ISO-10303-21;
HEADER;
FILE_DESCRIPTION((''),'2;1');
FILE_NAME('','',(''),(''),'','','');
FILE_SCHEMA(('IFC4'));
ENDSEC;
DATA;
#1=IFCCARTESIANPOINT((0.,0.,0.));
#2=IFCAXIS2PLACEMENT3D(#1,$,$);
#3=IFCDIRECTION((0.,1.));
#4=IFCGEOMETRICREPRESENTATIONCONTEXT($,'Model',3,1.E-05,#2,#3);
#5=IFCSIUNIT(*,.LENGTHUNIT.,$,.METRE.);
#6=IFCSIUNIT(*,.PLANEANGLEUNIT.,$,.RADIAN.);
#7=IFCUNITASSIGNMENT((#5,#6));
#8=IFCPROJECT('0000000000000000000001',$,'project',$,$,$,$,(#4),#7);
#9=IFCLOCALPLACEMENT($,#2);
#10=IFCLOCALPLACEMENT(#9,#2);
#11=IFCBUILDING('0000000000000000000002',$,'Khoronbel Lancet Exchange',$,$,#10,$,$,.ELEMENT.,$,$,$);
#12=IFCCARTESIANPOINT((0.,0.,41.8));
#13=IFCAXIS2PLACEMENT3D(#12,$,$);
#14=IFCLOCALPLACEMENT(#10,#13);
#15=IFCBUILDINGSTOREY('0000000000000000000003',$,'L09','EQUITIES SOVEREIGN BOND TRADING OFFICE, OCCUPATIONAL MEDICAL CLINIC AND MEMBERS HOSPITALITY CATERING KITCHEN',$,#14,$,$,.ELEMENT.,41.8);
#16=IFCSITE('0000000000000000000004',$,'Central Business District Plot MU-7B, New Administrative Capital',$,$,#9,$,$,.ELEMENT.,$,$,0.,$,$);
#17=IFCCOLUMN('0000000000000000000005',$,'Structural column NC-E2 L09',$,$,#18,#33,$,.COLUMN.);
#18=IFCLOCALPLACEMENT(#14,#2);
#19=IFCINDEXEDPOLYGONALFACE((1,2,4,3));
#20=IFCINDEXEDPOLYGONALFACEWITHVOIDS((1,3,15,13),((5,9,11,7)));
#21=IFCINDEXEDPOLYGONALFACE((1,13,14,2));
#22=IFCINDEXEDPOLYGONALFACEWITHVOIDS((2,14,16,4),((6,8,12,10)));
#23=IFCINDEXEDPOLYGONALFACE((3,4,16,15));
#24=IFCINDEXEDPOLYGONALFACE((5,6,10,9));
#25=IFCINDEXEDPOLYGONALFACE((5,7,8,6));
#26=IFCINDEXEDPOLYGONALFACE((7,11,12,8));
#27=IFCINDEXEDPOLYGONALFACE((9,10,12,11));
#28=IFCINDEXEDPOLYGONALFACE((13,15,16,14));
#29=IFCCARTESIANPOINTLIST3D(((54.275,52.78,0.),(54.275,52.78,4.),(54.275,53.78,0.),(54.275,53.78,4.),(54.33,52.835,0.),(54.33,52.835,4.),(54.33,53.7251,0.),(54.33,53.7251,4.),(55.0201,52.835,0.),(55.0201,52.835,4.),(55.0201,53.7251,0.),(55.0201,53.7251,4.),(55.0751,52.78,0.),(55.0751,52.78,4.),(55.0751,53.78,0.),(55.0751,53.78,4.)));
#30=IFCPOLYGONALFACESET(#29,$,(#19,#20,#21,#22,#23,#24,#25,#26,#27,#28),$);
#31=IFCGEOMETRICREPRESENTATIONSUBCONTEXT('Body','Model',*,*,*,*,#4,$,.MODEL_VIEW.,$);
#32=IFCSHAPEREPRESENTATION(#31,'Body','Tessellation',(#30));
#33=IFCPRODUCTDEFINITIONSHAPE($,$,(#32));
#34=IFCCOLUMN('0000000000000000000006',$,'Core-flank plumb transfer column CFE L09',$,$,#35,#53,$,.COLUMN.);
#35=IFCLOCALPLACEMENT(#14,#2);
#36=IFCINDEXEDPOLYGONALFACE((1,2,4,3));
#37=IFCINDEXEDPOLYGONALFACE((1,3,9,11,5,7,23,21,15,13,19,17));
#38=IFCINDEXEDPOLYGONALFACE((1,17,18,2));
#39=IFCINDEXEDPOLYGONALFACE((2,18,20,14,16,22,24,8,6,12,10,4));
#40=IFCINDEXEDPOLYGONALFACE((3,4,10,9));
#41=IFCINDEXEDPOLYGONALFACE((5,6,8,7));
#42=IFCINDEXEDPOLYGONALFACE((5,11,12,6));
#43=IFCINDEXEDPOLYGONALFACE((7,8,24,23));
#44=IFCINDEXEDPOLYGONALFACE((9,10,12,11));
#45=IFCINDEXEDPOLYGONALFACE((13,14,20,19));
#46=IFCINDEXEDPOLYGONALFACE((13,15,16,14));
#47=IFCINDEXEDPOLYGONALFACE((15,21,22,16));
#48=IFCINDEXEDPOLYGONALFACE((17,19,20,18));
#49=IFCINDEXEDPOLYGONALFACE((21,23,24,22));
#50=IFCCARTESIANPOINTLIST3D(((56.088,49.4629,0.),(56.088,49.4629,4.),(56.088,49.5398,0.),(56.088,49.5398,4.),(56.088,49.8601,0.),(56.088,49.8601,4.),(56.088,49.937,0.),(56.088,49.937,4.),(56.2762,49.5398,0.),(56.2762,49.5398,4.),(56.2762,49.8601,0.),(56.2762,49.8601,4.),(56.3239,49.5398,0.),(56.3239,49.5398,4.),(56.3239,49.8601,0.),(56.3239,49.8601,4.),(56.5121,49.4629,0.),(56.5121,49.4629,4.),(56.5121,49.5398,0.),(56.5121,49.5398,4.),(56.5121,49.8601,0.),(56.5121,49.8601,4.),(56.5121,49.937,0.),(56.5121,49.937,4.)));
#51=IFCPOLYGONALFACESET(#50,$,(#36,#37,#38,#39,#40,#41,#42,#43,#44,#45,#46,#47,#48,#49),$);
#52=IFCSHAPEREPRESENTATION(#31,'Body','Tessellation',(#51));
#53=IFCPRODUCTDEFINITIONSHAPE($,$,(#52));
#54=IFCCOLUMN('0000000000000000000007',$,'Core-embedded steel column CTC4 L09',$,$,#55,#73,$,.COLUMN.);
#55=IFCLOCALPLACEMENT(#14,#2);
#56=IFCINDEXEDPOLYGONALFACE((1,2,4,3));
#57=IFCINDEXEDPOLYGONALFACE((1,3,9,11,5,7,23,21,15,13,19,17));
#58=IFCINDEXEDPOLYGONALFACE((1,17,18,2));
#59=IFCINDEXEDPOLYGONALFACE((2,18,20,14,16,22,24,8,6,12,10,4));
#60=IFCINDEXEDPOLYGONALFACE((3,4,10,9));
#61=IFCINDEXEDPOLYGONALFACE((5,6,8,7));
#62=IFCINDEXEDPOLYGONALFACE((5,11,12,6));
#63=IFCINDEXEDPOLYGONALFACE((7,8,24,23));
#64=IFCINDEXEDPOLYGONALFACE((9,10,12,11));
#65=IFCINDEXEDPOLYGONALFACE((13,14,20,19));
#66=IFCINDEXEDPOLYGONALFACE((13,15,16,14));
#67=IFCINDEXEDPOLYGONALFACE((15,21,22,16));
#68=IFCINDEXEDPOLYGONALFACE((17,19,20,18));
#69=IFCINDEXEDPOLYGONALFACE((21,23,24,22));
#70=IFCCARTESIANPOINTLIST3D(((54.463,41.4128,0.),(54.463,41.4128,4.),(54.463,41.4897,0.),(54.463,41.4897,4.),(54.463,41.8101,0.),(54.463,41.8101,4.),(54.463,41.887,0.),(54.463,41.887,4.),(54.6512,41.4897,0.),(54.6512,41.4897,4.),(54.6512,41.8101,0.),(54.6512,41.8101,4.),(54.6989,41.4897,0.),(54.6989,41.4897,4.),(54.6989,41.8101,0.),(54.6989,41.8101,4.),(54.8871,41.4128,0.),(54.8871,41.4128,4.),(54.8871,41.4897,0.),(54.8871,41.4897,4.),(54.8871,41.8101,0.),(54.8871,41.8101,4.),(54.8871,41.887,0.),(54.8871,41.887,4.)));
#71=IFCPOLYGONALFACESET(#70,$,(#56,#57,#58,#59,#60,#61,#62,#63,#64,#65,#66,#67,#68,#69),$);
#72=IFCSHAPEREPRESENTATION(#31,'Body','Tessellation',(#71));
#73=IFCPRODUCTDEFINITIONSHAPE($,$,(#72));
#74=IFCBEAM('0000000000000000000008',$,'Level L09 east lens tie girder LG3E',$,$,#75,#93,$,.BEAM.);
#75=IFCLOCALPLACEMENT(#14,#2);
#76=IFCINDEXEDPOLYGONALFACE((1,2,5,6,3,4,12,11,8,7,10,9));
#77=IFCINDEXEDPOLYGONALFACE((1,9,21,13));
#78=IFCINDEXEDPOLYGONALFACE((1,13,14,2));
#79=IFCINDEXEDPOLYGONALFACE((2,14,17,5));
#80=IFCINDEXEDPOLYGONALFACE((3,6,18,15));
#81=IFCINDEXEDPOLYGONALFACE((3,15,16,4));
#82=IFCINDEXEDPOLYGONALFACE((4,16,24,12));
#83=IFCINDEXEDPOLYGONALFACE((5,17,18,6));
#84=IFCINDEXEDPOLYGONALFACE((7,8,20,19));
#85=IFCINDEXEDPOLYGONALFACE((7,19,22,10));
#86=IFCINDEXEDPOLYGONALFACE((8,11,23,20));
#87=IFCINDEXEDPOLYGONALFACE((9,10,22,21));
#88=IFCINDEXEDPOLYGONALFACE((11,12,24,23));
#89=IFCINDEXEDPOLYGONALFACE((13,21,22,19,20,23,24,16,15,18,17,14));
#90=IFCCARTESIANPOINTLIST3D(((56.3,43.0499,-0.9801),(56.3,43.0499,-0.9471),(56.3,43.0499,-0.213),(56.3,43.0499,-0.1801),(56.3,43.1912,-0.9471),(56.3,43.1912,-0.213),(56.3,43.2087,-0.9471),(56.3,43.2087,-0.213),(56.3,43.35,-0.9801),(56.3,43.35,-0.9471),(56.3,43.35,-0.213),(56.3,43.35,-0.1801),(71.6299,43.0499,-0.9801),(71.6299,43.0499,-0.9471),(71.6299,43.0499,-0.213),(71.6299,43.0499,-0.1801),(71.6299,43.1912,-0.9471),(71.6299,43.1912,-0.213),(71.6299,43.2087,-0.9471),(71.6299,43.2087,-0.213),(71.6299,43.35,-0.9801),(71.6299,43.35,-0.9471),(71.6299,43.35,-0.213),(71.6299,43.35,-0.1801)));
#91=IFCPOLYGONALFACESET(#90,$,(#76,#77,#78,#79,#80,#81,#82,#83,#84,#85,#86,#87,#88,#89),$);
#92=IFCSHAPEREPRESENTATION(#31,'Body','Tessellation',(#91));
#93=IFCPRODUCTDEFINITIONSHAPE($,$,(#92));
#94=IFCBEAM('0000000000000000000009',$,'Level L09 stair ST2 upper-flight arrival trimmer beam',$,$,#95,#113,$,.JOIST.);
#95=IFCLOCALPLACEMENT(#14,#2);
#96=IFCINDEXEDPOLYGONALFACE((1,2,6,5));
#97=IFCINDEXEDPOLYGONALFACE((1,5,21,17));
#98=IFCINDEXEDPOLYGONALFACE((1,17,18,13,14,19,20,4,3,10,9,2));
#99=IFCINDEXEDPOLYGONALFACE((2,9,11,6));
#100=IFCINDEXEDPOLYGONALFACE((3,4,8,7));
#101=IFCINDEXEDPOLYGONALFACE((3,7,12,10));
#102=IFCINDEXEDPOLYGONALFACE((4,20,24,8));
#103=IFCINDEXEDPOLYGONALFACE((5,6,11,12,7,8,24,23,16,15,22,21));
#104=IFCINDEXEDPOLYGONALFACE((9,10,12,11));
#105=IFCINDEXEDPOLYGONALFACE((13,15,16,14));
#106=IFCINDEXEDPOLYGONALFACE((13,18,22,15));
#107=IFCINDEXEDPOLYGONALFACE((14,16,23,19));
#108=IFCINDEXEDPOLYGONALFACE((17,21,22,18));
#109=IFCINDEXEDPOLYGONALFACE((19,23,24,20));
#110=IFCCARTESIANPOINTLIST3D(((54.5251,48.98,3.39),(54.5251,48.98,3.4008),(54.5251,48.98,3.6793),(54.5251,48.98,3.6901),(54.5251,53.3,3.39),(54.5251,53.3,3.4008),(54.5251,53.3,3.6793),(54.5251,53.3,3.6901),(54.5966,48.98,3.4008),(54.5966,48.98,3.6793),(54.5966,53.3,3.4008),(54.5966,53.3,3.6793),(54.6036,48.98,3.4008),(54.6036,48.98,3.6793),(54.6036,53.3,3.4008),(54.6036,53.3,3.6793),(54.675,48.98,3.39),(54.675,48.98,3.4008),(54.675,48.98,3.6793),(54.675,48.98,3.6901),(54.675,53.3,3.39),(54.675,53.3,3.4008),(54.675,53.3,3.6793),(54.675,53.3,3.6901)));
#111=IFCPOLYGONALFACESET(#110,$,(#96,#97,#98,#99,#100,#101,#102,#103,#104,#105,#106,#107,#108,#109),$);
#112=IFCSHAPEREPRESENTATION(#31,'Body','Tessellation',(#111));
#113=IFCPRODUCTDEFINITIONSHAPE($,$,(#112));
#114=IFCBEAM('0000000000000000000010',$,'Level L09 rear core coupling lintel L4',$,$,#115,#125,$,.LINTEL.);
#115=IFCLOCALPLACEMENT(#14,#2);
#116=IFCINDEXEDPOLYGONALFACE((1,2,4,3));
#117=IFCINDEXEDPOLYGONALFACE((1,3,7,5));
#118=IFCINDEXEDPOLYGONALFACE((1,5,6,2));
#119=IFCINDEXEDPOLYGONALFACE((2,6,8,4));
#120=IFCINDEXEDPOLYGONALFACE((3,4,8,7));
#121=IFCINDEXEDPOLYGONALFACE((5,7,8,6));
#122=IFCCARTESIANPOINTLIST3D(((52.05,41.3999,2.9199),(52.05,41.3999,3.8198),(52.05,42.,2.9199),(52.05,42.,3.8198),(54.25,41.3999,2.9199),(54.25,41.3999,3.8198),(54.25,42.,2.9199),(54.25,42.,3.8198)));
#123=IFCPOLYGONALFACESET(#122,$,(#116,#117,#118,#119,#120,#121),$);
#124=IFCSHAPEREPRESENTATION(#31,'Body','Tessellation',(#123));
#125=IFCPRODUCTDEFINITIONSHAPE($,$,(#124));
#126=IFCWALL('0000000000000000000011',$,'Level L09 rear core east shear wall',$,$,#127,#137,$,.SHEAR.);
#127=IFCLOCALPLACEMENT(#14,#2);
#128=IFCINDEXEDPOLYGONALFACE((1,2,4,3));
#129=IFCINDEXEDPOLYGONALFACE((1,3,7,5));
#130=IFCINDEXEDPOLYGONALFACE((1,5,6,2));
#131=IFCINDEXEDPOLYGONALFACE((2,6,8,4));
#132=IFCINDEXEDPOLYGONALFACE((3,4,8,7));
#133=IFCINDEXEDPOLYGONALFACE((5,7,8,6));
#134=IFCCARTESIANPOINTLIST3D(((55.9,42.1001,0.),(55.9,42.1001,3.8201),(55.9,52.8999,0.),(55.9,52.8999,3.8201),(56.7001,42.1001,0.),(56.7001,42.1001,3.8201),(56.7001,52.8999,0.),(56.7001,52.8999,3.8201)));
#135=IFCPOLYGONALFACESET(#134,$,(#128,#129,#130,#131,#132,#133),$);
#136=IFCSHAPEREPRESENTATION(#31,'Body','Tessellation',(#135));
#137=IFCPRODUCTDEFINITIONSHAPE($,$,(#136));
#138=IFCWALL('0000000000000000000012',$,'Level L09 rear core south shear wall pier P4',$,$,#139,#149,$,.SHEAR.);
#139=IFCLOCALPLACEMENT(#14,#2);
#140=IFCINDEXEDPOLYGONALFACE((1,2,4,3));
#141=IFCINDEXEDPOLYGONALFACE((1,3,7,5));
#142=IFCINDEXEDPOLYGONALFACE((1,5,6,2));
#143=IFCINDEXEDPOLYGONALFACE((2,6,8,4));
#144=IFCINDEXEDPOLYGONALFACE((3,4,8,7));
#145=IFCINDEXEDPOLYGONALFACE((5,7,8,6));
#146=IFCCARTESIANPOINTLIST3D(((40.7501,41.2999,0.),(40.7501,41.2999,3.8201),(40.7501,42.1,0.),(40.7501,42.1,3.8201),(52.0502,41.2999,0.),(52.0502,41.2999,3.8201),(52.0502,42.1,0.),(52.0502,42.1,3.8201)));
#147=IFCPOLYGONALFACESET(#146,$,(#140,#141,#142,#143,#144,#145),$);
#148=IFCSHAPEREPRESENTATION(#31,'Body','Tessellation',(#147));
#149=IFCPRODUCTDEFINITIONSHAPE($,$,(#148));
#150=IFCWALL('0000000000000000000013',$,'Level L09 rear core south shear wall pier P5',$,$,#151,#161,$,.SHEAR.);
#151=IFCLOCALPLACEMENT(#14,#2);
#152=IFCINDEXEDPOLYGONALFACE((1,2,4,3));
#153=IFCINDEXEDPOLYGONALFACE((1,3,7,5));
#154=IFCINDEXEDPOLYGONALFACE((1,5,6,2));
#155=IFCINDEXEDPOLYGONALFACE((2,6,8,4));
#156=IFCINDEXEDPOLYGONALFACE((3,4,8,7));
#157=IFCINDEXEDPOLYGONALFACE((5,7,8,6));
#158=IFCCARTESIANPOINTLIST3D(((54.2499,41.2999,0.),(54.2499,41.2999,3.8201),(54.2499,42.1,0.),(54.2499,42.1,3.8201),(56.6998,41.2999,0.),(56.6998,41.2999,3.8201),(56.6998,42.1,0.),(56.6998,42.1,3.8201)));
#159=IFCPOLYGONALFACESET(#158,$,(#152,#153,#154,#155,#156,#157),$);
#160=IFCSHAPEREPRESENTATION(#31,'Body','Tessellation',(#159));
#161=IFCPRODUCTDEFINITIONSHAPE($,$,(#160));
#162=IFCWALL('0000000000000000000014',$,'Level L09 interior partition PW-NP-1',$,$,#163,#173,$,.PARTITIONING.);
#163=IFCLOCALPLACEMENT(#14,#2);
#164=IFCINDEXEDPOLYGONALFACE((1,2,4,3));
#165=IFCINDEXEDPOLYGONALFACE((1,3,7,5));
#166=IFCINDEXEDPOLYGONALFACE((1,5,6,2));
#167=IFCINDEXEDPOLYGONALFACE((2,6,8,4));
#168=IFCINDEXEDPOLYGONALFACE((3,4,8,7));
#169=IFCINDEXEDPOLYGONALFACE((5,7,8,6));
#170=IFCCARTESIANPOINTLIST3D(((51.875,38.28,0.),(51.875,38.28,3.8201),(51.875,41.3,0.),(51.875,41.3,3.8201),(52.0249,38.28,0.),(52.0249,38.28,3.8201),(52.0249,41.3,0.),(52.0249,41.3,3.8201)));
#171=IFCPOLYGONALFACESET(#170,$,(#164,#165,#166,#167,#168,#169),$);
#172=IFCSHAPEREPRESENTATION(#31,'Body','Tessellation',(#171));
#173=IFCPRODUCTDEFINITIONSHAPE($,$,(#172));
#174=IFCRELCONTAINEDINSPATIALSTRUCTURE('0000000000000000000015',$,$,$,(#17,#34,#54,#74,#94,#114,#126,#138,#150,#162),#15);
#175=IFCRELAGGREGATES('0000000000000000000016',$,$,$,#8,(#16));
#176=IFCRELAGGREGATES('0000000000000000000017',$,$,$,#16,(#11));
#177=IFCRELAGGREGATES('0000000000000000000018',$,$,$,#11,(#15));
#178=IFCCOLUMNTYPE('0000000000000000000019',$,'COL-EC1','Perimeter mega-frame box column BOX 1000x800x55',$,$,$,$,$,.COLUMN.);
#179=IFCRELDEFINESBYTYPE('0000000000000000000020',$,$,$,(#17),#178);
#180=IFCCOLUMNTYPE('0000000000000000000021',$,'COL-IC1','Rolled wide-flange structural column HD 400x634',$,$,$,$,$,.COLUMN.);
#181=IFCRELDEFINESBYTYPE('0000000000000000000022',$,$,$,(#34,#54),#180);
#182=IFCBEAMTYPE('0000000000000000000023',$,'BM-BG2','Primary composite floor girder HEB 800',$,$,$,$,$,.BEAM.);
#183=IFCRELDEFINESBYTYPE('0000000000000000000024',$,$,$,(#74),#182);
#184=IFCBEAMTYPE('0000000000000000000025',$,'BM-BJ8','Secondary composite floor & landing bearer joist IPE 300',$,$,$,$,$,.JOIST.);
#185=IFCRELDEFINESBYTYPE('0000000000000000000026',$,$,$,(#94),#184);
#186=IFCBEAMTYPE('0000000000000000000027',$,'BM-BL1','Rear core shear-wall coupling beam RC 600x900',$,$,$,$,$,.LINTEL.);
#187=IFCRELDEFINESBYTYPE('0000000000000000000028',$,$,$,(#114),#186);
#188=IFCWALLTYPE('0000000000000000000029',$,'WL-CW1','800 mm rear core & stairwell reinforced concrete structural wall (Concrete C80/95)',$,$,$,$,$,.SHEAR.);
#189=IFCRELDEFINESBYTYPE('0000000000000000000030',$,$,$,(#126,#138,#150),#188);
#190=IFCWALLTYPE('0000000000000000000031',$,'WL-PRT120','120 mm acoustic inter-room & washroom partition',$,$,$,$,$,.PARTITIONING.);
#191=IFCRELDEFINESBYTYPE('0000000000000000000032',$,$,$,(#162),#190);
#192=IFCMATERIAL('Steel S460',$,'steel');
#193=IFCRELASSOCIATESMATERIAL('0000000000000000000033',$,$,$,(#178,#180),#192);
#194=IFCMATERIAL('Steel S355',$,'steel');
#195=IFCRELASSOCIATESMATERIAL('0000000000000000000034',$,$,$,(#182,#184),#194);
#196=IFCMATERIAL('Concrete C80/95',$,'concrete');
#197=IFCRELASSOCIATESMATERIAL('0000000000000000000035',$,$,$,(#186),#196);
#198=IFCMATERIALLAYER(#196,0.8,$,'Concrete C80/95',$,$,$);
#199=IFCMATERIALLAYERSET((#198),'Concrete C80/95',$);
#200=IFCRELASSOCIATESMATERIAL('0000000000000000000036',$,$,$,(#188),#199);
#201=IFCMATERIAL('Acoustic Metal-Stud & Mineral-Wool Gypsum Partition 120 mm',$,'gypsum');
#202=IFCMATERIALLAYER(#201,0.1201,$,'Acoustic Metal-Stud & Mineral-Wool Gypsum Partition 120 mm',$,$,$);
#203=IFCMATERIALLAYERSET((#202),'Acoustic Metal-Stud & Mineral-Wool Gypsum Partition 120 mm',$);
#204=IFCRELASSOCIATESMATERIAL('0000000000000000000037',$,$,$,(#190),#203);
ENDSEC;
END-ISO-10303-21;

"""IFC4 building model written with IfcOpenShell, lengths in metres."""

from ifc_helpers import new_model, si_unit, direction, frame, frame_2d, origin, origin_2d, place, context, subcontext, project, spatial, rectangle, hollow_rectangle, i_section, extrude, material, layer, layer_set, material_profile, profile_set, type_object, element, save


model = new_model("IFC4")

# Units and contexts
model_context = context("Model", 3, precision=1e-05, world=origin(), true_north=direction((0.0, 1.0)))
body_context = subcontext(model_context, "Body", "Model", "MODEL_VIEW")
ifc_project = project(units=[si_unit("LENGTHUNIT", "METRE"), si_unit("PLANEANGLEUNIT", "RADIAN")], contexts=[model_context])

# Site, building, storey
site_placement = place(None, origin())
site = spatial("IfcSite", under=ifc_project, at=site_placement, Name="Central Business District Plot MU-7B, New Administrative Capital", CompositionType="ELEMENT", RefElevation=0.0)
building_placement = place(site_placement, origin())
building = spatial("IfcBuilding", under=site, at=building_placement, Name="Khoronbel Lancet Exchange", CompositionType="ELEMENT")
storey_placement = place(building_placement, frame((0.0, 0.0, 41.8)))
storey = spatial("IfcBuildingStorey", under=building, at=storey_placement, Name="L09", Description="EQUITIES SOVEREIGN BOND TRADING OFFICE, OCCUPATIONAL MEDICAL CLINIC AND MEMBERS HOSPITALITY CATERING KITCHEN", CompositionType="ELEMENT", Elevation=41.8)

# Columns
ifc_material_1 = material(Name="Steel S460", Category="steel")
ifc_material_profile_1 = material_profile(ifc_material_1, hollow_rectangle(XDim=0.8, YDim=1.0, WallThickness=0.0549, at=origin_2d()), Name="BOX 1000x800x55")
ifc_profile_set_1 = profile_set([ifc_material_profile_1], Name="Steel S460")
column_type_1 = type_object("IfcColumnType", Name="COL-EC1", Description="Perimeter mega-frame box column BOX 1000x800x55", PredefinedType="COLUMN", material=ifc_profile_set_1)
column_placement = place(storey_placement, frame((54.675, 53.28, 0.0), z_axis=(0.0, 0.0, 1.0), x_axis=(1.0, 0.0, 0.0)))
element("IfcColumn", 1, at=column_placement, inside=storey, type_object=column_type_1, Name="Structural column NC-E2 L09", PredefinedType="COLUMN", context=body_context, shape_type="SweptSolid", body=[
    extrude(hollow_rectangle(XDim=0.8, YDim=1.0, WallThickness=0.0549, at=origin_2d()), origin(), (0.0, 0.0, 1.0), 4.0),
])
ifc_material_profile_2 = material_profile(ifc_material_1, i_section(OverallWidth=0.4241, OverallDepth=0.4741, WebThickness=0.0476, FlangeThickness=0.0769, at=origin_2d()), Name="HD 400x634")
ifc_profile_set_2 = profile_set([ifc_material_profile_2], Name="Steel S460")
column_type_2 = type_object("IfcColumnType", Name="COL-IC1", Description="Rolled wide-flange structural column HD 400x634", PredefinedType="COLUMN", material=ifc_profile_set_2)
for number, where, z_axis, x_axis, name in (
    (2, (56.3, 49.7, 0.0), (0.0, 0.0, 1.0), (1.0, 0.0, 0.0), "Core-flank plumb transfer column CFE L09"),
    (3, (54.675, 41.6499, 0.0), (0.0, 0.0, 1.0), (1.0, 0.0, 0.0), "Core-embedded steel column CTC4 L09"),
):
    element("IfcColumn", number, at=place(storey_placement, frame(where, z_axis=z_axis, x_axis=x_axis)), inside=storey, type_object=column_type_2, Name=name, PredefinedType="COLUMN", context=body_context, shape_type="SweptSolid", body=[
        extrude(i_section(OverallWidth=0.4241, OverallDepth=0.4741, WebThickness=0.0476, FlangeThickness=0.0769, at=origin_2d()), origin(), (0.0, 0.0, 1.0), 4.0),
    ])

# Beams
ifc_material_2 = material(Name="Steel S355", Category="steel")
ifc_material_profile_3 = material_profile(ifc_material_2, i_section(OverallWidth=0.3, OverallDepth=0.8, WebThickness=0.0176, FlangeThickness=0.033, at=origin_2d()), Name="HEB 800")
ifc_profile_set_3 = profile_set([ifc_material_profile_3], Name="Steel S355")
beam_type_1 = type_object("IfcBeamType", Name="BM-BG2", Description="Primary composite floor girder HEB 800", PredefinedType="BEAM", material=ifc_profile_set_3)
beam_1_placement = place(storey_placement, frame((56.3, 43.2, -0.5801), z_axis=(1.0, 0.0, 0.0), x_axis=(0.0, 1.0, 0.0)))
element("IfcBeam", 4, at=beam_1_placement, inside=storey, type_object=beam_type_1, Name="Level L09 east lens tie girder LG3E", PredefinedType="BEAM", context=body_context, shape_type="SweptSolid", body=[
    extrude(i_section(OverallWidth=0.3, OverallDepth=0.8, WebThickness=0.0176, FlangeThickness=0.033, at=origin_2d()), origin(), (0.0, 0.0, 1.0), 15.3298),
])
ifc_material_profile_4 = material_profile(ifc_material_2, i_section(OverallWidth=0.1499, OverallDepth=0.3, WebThickness=0.0071, FlangeThickness=0.0107, at=origin_2d()), Name="IPE 300")
ifc_profile_set_4 = profile_set([ifc_material_profile_4], Name="Steel S355")
beam_type_2 = type_object("IfcBeamType", Name="BM-BJ8", Description="Secondary composite floor & landing bearer joist IPE 300", PredefinedType="JOIST", material=ifc_profile_set_4)
beam_2_placement = place(storey_placement, frame((54.6001, 48.98, 3.54), z_axis=(0.0, 1.0, 0.0), x_axis=(-1.0, 0.0, 0.0)))
element("IfcBeam", 5, at=beam_2_placement, inside=storey, type_object=beam_type_2, Name="Level L09 stair ST2 upper-flight arrival trimmer beam", PredefinedType="JOIST", context=body_context, shape_type="SweptSolid", body=[
    extrude(i_section(OverallWidth=0.1499, OverallDepth=0.3, WebThickness=0.0071, FlangeThickness=0.0107, at=origin_2d()), origin(), (0.0, 0.0, 1.0), 4.3201),
])
ifc_material_3 = material(Name="Concrete C80/95", Category="concrete")
ifc_material_profile_5 = material_profile(ifc_material_3, rectangle(XDim=0.6001, YDim=0.8999, at=origin_2d()), Name="RC 600x900")
ifc_profile_set_5 = profile_set([ifc_material_profile_5], Name="Concrete C80/95")
beam_type_3 = type_object("IfcBeamType", Name="BM-BL1", Description="Rear core shear-wall coupling beam RC 600x900", PredefinedType="LINTEL", material=ifc_profile_set_5)
beam_3_placement = place(storey_placement, frame((52.05, 41.7, 3.3699), z_axis=(1.0, 0.0, 0.0), x_axis=(0.0, 1.0, 0.0)))
element("IfcBeam", 6, at=beam_3_placement, inside=storey, type_object=beam_type_3, Name="Level L09 rear core coupling lintel L4", PredefinedType="LINTEL", context=body_context, shape_type="SweptSolid", body=[
    extrude(rectangle(XDim=0.6001, YDim=0.8999, at=origin_2d()), origin(), (0.0, 0.0, 1.0), 2.2),
])

# Walls
ifc_layer_1 = layer(ifc_material_3, 0.8, Name="Concrete C80/95")
ifc_layer_set_1 = layer_set([ifc_layer_1], Name="Concrete C80/95")
wall_type_1 = type_object("IfcWallType", Name="WL-CW1", Description="800 mm rear core & stairwell reinforced concrete structural wall (Concrete C80/95)", PredefinedType="SHEAR", material=ifc_layer_set_1)
wall_1_placement = place(storey_placement, frame((56.3, 52.8999, 0.0), z_axis=(0.0, 0.0, 1.0), x_axis=(0.0, -1.0, 0.0)))
element("IfcWall", 7, at=wall_1_placement, inside=storey, type_object=wall_type_1, Name="Level L09 rear core east shear wall", PredefinedType="SHEAR", context=body_context, shape_type="SweptSolid", body=[
    extrude(rectangle(XDim=10.7998, YDim=0.8, at=frame_2d((5.3999, 0.0))), origin(), (0.0, 0.0, 1.0), 3.8201),
])
wall_2_placement = place(storey_placement, frame((52.05, 41.7, 0.0), z_axis=(0.0, 0.0, 1.0), x_axis=(-1.0, 0.0, 0.0)))
element("IfcWall", 8, at=wall_2_placement, inside=storey, type_object=wall_type_1, Name="Level L09 rear core south shear wall pier P4", PredefinedType="SHEAR", context=body_context, shape_type="SweptSolid", body=[
    extrude(rectangle(XDim=11.3, YDim=0.8, at=frame_2d((5.6499, 0.0))), origin(), (0.0, 0.0, 1.0), 3.8201),
])
wall_3_placement = place(storey_placement, frame((56.7, 41.7, 0.0), z_axis=(0.0, 0.0, 1.0), x_axis=(-1.0, 0.0, 0.0)))
element("IfcWall", 9, at=wall_3_placement, inside=storey, type_object=wall_type_1, Name="Level L09 rear core south shear wall pier P5", PredefinedType="SHEAR", context=body_context, shape_type="SweptSolid", body=[
    extrude(rectangle(XDim=2.45, YDim=0.8, at=frame_2d((1.2251, 0.0))), origin(), (0.0, 0.0, 1.0), 3.8201),
])
ifc_material_4 = material(Name="Acoustic Metal-Stud & Mineral-Wool Gypsum Partition 120 mm", Category="gypsum")
ifc_layer_2 = layer(ifc_material_4, 0.1201, Name="Acoustic Metal-Stud & Mineral-Wool Gypsum Partition 120 mm")
ifc_layer_set_2 = layer_set([ifc_layer_2], Name="Acoustic Metal-Stud & Mineral-Wool Gypsum Partition 120 mm")
wall_type_2 = type_object("IfcWallType", Name="WL-PRT120", Description="120 mm acoustic inter-room & washroom partition", PredefinedType="PARTITIONING", material=ifc_layer_set_2)
wall_4_placement = place(storey_placement, frame((51.95, 38.28, 0.0), z_axis=(0.0, 0.0, 1.0), x_axis=(0.0, 1.0, 0.0)))
element("IfcWall", 10, at=wall_4_placement, inside=storey, type_object=wall_type_2, Name="Level L09 interior partition PW-NP-1", PredefinedType="PARTITIONING", context=body_context, shape_type="SweptSolid", body=[
    extrude(rectangle(XDim=3.02, YDim=0.1499, at=frame_2d((1.51, 0.0))), origin(), (0.0, 0.0, 1.0), 3.8201),
])

save(model, "model.ifc")
